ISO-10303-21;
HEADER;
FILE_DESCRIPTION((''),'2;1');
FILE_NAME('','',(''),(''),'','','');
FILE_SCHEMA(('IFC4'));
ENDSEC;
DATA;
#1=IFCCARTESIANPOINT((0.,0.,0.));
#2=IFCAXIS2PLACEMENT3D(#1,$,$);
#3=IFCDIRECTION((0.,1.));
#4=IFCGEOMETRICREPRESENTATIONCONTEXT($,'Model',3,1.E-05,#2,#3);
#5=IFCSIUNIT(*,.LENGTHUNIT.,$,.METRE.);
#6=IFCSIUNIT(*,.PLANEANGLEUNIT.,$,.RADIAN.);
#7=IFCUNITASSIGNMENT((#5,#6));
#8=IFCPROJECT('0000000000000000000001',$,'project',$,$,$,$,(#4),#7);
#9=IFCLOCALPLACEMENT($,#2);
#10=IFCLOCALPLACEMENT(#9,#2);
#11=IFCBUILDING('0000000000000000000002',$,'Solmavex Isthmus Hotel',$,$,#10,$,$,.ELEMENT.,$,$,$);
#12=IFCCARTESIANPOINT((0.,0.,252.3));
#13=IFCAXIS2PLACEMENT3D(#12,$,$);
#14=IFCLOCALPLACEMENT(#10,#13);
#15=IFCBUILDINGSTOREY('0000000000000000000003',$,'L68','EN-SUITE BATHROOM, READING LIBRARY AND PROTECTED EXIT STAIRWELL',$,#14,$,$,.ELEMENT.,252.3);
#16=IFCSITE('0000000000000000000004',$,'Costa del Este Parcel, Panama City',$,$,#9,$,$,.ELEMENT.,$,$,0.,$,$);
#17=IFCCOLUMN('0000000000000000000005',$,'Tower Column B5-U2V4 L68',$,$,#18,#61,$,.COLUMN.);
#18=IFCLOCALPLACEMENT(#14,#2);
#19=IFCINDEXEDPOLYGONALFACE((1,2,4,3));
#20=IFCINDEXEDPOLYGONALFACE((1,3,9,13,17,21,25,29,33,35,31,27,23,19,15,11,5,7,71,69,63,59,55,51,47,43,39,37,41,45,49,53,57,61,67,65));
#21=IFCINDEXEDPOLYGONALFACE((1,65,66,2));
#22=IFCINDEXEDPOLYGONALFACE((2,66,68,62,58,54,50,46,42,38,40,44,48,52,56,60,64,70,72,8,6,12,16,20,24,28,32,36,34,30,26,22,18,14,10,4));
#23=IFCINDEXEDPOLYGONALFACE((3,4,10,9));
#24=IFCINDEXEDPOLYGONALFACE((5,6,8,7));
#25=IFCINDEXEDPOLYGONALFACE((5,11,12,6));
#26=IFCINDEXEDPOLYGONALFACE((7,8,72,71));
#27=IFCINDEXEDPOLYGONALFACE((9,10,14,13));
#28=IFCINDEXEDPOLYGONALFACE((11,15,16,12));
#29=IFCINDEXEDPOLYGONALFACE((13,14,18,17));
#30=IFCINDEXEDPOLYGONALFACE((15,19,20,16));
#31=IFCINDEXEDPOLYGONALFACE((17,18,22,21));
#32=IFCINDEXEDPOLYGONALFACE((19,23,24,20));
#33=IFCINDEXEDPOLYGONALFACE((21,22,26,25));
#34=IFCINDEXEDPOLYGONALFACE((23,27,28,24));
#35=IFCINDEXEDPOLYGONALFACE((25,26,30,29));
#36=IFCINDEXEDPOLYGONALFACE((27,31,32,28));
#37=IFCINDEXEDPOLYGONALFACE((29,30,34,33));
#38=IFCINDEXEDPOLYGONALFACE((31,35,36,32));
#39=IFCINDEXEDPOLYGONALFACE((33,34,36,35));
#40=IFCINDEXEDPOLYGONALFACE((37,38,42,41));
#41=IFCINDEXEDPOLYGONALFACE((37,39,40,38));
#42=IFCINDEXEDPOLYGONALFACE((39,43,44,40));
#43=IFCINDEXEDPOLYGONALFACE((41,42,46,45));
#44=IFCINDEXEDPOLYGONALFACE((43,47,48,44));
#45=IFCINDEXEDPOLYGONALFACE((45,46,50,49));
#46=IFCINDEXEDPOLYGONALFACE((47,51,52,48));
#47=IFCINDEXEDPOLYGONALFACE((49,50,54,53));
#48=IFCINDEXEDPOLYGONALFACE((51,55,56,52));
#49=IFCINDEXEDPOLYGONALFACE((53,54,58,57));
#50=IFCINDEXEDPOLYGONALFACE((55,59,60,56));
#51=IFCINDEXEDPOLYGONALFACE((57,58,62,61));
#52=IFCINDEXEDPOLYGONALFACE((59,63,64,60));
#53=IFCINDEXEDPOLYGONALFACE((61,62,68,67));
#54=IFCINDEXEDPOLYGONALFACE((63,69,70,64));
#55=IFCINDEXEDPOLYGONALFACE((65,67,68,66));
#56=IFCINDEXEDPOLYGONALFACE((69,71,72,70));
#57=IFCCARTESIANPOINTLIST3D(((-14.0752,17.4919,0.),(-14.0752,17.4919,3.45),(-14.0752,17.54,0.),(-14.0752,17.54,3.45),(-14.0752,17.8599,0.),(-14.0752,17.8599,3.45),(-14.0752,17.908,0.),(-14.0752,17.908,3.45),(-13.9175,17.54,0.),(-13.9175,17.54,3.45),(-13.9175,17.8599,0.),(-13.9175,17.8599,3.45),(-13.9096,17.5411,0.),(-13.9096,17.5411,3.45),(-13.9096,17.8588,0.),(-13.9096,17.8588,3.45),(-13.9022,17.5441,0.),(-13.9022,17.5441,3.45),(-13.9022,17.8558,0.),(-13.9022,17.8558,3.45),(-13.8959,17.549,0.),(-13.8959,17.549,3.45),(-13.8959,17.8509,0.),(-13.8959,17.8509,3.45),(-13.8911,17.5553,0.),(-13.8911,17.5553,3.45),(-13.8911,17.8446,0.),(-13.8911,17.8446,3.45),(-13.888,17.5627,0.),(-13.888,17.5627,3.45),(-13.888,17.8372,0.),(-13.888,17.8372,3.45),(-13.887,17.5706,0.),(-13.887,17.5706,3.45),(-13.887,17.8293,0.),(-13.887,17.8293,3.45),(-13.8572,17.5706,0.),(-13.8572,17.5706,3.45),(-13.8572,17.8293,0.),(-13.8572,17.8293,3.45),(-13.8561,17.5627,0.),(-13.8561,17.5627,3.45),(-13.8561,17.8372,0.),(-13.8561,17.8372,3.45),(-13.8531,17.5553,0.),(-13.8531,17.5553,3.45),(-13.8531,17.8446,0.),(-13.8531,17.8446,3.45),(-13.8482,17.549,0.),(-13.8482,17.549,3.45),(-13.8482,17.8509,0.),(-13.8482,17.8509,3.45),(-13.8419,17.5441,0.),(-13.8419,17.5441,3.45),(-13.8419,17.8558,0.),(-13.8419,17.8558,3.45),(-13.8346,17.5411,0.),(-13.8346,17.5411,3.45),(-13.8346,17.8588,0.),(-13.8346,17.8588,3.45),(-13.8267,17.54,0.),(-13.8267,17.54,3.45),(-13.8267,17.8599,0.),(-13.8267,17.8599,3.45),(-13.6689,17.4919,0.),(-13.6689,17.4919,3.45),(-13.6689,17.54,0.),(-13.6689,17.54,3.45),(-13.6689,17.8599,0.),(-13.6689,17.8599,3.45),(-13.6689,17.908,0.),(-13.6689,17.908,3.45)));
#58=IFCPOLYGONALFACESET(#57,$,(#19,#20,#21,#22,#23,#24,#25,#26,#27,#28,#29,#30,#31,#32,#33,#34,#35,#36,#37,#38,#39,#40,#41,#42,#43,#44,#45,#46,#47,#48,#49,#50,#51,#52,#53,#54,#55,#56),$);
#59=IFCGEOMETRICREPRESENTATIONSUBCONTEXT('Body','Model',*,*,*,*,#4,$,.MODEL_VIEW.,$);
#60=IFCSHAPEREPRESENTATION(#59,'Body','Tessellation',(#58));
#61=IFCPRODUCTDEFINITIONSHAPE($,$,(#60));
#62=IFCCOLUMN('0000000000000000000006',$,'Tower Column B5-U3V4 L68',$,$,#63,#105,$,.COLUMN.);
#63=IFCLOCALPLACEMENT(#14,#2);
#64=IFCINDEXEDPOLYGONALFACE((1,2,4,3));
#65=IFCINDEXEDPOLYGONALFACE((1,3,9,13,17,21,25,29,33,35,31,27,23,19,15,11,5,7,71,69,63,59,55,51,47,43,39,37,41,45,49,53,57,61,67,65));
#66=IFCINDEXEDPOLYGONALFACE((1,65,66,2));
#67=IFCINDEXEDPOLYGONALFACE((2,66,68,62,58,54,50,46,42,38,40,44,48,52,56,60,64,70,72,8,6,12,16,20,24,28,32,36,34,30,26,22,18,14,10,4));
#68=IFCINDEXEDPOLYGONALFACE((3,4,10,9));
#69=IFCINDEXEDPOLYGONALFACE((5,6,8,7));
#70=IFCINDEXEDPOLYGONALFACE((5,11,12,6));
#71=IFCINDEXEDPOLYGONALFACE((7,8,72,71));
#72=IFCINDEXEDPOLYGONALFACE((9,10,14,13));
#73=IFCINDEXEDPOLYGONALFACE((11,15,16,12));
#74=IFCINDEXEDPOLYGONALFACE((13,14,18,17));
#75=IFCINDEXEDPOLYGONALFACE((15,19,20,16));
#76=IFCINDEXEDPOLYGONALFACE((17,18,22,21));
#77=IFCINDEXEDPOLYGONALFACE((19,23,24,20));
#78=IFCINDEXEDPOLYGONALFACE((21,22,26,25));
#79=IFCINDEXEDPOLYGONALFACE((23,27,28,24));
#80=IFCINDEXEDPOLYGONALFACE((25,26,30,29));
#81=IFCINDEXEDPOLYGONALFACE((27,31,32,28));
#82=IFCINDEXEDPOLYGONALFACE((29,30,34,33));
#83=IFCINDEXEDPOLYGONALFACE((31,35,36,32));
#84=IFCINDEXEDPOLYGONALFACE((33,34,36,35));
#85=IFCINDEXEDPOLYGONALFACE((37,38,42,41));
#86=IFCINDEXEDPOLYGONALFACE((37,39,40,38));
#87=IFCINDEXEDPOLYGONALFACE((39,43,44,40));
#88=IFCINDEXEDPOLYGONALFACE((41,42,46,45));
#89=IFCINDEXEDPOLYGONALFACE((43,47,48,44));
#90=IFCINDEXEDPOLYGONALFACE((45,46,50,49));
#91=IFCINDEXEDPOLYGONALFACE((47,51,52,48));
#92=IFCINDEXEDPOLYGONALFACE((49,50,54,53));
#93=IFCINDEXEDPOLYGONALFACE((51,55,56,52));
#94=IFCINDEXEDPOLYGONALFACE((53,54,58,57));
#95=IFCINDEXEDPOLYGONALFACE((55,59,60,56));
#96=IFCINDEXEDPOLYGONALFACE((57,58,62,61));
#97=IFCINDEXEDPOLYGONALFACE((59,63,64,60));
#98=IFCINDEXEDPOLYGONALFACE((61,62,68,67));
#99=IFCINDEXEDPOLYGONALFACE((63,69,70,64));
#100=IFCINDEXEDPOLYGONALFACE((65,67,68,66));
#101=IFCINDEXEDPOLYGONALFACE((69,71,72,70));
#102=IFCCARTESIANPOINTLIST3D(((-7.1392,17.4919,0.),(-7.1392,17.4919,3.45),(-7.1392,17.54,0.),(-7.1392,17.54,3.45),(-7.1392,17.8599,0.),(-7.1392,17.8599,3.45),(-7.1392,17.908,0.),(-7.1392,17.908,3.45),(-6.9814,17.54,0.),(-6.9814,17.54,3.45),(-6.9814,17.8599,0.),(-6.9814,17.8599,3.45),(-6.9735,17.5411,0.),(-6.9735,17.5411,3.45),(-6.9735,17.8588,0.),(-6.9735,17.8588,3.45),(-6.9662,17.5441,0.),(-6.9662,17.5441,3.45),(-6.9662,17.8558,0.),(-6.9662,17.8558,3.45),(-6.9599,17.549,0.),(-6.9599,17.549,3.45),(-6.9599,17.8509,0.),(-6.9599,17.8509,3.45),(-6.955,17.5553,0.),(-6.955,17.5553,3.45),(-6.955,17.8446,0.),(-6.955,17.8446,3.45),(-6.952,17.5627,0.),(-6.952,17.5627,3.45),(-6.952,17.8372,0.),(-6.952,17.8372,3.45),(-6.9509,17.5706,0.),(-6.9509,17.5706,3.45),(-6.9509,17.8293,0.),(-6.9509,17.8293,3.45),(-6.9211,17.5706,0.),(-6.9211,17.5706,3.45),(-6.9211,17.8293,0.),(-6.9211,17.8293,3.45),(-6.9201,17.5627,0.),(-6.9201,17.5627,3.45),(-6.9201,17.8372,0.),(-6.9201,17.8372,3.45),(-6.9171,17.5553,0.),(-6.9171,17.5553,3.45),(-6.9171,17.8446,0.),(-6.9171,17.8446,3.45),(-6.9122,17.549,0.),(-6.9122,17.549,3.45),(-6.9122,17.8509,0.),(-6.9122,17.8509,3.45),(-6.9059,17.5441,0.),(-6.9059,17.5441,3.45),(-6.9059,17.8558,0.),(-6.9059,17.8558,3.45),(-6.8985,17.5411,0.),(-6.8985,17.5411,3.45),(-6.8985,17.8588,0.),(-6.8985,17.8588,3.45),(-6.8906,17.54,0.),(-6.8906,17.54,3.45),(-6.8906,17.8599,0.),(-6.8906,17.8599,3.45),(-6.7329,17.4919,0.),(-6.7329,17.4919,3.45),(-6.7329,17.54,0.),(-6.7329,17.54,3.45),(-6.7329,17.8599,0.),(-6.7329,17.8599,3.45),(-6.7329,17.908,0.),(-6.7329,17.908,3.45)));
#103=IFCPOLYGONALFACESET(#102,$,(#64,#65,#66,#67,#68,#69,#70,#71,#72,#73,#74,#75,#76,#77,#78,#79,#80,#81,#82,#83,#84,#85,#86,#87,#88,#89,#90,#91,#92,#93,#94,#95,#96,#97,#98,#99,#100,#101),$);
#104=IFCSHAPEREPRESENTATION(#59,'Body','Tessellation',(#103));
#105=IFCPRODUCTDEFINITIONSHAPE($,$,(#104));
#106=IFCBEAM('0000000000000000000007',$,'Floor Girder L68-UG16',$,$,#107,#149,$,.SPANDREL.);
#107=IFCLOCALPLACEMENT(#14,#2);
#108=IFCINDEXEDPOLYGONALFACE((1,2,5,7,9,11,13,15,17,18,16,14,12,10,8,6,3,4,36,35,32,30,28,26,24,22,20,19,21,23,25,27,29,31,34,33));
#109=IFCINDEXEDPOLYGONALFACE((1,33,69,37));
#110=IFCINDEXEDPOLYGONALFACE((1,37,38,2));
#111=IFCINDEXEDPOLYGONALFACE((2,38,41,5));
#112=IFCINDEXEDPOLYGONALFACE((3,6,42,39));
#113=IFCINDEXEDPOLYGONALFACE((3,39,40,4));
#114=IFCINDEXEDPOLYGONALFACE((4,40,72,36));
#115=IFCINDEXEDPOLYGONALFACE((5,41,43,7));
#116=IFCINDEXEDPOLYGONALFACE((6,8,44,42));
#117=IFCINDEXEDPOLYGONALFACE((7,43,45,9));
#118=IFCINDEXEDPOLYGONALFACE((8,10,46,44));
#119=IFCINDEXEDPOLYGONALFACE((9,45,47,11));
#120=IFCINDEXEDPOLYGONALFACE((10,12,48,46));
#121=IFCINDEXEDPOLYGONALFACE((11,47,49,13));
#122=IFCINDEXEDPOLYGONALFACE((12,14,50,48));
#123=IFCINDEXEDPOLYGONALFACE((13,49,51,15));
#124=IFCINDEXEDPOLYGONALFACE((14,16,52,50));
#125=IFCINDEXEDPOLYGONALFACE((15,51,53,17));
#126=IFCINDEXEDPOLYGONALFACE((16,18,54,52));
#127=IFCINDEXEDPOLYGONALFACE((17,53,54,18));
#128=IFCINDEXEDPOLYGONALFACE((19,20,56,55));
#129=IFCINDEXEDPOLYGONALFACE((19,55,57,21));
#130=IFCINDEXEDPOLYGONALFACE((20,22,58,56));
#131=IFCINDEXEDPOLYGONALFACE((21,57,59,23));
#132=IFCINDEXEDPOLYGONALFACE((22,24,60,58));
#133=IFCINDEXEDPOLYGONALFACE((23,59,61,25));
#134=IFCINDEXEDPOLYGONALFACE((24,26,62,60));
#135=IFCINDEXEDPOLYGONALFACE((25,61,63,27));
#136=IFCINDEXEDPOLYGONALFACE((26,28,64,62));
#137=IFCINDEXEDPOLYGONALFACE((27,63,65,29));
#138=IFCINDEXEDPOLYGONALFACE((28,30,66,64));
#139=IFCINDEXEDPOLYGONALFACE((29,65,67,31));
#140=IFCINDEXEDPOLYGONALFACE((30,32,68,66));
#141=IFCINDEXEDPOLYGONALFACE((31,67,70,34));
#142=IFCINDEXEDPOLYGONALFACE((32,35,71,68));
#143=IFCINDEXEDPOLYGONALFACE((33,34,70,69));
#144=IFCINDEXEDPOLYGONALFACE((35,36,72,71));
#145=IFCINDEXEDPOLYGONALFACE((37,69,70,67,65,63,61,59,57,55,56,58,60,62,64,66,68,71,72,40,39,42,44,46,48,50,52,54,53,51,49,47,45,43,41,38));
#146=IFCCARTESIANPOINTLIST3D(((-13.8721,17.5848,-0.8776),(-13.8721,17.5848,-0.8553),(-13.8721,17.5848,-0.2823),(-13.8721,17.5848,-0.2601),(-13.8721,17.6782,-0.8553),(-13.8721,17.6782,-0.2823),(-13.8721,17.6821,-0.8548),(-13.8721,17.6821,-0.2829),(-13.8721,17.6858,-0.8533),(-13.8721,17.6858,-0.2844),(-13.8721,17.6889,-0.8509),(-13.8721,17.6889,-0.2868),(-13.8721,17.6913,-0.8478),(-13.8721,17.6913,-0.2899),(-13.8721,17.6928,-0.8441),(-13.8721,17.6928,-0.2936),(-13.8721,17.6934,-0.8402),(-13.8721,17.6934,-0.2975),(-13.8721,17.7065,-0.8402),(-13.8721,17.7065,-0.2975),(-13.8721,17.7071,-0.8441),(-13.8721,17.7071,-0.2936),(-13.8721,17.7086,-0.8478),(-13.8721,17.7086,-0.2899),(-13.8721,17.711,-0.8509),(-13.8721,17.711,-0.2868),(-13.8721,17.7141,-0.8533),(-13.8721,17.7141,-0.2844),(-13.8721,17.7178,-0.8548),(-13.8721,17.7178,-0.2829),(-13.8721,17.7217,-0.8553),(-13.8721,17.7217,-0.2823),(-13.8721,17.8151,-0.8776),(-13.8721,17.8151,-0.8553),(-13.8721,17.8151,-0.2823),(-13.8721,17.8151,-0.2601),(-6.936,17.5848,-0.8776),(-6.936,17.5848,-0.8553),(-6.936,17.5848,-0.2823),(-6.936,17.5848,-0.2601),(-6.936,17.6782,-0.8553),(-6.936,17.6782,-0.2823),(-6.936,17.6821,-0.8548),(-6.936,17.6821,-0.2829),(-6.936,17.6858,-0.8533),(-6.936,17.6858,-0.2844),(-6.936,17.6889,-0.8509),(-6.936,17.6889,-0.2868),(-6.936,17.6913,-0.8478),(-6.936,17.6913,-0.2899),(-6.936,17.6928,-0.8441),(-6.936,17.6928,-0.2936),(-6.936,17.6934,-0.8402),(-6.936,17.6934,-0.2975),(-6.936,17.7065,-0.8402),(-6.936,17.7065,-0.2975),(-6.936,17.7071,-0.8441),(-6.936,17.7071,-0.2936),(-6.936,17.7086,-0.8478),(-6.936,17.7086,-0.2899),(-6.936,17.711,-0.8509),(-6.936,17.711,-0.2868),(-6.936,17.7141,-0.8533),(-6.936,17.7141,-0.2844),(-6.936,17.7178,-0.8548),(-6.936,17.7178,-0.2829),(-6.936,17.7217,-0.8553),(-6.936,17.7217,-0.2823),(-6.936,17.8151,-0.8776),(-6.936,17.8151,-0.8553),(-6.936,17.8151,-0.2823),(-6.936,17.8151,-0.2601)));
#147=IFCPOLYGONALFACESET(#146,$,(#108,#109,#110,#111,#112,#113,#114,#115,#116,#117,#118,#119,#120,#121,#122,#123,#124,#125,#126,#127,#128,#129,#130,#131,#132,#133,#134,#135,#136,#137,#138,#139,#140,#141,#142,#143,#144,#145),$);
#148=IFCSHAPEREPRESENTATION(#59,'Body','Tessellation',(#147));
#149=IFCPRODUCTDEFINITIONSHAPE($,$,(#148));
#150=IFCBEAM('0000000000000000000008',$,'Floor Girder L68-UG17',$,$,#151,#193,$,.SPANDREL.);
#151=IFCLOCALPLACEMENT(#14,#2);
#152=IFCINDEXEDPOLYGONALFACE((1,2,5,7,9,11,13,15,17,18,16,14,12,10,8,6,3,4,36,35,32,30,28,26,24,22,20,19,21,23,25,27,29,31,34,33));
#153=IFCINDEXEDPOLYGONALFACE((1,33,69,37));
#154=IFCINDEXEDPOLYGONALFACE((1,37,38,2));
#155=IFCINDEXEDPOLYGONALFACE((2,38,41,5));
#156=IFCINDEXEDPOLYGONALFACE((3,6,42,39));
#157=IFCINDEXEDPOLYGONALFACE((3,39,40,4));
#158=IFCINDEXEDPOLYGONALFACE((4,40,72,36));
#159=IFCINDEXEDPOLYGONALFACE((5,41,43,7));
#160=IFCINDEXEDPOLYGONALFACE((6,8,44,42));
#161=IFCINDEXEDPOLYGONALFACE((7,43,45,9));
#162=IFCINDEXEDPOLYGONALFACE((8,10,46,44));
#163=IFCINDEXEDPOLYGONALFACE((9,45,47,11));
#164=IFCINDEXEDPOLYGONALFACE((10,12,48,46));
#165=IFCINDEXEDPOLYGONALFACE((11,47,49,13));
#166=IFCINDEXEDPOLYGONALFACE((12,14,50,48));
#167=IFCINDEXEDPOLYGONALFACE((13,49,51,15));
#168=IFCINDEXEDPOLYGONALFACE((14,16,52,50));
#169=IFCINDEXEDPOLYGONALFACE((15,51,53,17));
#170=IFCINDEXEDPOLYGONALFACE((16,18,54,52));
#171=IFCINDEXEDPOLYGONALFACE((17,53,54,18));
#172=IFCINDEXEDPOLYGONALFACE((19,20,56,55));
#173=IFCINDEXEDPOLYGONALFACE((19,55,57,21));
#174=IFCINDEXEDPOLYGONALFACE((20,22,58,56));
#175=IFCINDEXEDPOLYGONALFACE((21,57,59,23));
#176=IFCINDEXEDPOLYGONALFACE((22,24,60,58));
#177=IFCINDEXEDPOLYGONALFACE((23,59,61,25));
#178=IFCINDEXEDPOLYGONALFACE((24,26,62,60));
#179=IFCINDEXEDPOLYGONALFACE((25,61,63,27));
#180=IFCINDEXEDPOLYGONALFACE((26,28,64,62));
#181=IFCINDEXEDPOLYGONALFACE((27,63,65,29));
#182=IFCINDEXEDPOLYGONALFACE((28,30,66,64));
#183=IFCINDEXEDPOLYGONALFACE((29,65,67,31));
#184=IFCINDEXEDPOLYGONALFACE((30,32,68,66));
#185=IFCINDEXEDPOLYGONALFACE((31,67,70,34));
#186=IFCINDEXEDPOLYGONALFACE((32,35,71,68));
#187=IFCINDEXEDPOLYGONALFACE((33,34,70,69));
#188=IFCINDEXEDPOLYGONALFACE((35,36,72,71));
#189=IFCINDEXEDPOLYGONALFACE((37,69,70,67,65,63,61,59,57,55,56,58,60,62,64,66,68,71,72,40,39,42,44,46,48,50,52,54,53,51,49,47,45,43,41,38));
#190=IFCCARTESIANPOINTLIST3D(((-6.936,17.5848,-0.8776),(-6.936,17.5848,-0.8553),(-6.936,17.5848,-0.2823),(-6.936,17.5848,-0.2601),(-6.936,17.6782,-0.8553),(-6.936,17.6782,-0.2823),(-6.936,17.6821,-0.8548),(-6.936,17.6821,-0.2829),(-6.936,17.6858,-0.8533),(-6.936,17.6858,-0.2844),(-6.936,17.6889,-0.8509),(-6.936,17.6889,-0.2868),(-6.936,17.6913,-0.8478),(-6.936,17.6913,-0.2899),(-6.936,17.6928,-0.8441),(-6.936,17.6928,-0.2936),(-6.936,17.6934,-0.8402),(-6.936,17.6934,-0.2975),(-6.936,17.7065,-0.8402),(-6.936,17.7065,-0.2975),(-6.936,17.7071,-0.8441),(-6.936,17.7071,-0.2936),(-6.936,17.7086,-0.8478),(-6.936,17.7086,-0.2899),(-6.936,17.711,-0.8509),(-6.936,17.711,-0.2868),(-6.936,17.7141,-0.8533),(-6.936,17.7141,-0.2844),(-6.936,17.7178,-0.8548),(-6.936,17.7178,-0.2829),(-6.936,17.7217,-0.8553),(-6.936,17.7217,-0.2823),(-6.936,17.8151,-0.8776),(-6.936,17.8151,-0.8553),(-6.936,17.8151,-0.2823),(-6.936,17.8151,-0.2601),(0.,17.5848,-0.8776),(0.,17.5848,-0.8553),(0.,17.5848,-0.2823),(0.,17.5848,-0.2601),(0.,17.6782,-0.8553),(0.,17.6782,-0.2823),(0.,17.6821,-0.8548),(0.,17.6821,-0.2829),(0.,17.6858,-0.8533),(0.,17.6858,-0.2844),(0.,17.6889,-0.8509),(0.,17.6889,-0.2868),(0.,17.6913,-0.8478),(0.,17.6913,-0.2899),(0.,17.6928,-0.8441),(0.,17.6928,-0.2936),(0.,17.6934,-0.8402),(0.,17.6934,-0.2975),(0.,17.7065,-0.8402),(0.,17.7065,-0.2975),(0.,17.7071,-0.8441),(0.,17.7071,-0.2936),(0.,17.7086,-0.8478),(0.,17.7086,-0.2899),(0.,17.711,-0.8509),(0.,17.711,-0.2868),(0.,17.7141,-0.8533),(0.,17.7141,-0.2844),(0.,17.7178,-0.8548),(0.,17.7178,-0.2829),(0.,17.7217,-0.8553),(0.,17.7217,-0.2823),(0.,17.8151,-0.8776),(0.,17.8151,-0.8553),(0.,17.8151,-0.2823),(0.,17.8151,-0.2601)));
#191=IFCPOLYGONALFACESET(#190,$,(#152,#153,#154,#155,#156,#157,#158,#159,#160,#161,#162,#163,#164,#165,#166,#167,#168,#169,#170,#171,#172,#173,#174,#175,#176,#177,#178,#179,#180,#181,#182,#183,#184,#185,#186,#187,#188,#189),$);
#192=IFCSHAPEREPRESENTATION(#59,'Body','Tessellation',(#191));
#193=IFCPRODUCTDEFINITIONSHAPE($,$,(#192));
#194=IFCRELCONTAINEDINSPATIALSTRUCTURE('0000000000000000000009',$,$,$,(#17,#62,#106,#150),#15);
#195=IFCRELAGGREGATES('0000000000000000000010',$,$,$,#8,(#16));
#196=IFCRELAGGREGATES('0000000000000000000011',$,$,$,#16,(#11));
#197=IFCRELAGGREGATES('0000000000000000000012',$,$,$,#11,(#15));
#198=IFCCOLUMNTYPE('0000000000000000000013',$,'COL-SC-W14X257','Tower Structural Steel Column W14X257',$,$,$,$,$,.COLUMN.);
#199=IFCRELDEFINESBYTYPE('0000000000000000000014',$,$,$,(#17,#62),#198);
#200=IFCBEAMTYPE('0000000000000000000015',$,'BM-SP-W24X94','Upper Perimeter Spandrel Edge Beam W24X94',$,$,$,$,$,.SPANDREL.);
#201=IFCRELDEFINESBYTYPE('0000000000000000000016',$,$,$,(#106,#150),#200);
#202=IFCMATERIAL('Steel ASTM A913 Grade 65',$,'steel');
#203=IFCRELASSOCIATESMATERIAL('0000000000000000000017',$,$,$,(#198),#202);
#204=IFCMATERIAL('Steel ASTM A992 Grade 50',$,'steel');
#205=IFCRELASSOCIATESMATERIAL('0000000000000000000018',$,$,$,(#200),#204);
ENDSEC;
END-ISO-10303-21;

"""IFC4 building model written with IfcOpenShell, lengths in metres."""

from ifc_helpers import new_model, si_unit, direction, frame, origin, origin_2d, place, context, subcontext, project, spatial, i_section, extrude, material, material_profile, profile_set, type_object, element, save


model = new_model("IFC4")

# Units and contexts
model_context = context("Model", 3, precision=1e-05, world=origin(), true_north=direction((0.0, 1.0)))
body_context = subcontext(model_context, "Body", "Model", "MODEL_VIEW")
ifc_project = project(units=[si_unit("LENGTHUNIT", "METRE"), si_unit("PLANEANGLEUNIT", "RADIAN")], contexts=[model_context])

# Site, building, storey
site_placement = place(None, origin())
site = spatial("IfcSite", under=ifc_project, at=site_placement, Name="Costa del Este Parcel, Panama City", CompositionType="ELEMENT", RefElevation=0.0)
building_placement = place(site_placement, origin())
building = spatial("IfcBuilding", under=site, at=building_placement, Name="Solmavex Isthmus Hotel", CompositionType="ELEMENT")
storey_placement = place(building_placement, frame((0.0, 0.0, 252.3)))
storey = spatial("IfcBuildingStorey", under=building, at=storey_placement, Name="L68", Description="EN-SUITE BATHROOM, READING LIBRARY AND PROTECTED EXIT STAIRWELL", CompositionType="ELEMENT", Elevation=252.3)

# Columns
ifc_material_1 = material(Name="Steel ASTM A913 Grade 65", Category="steel")
ifc_material_profile_1 = material_profile(ifc_material_1, i_section(OverallWidth=0.4062, OverallDepth=0.416, WebThickness=0.0298, FlangeThickness=0.0481, FilletRadius=0.0305, at=origin_2d()), Name="W14X257")
ifc_profile_set_1 = profile_set([ifc_material_profile_1], Name="Steel ASTM A913 Grade 65")
column_type = type_object("IfcColumnType", Name="COL-SC-W14X257", Description="Tower Structural Steel Column W14X257", PredefinedType="COLUMN", material=ifc_profile_set_1)
for number, where, z_axis, x_axis, name in (
    (1, (-13.8721, 17.7, 0.0), (0.0, 0.0, 1.0), (1.0, 0.0, 0.0), "Tower Column B5-U2V4 L68"),
    (2, (-6.936, 17.7, 0.0), (0.0, 0.0, 1.0), (1.0, 0.0, 0.0), "Tower Column B5-U3V4 L68"),
):
    element("IfcColumn", number, at=place(storey_placement, frame(where, z_axis=z_axis, x_axis=x_axis)), inside=storey, type_object=column_type, Name=name, PredefinedType="COLUMN", context=body_context, shape_type="SweptSolid", body=[
        extrude(i_section(OverallWidth=0.4062, OverallDepth=0.416, WebThickness=0.0298, FlangeThickness=0.0481, FilletRadius=0.0305, at=origin_2d()), origin(), (0.0, 0.0, 1.0), 3.45),
    ])

# Beams
ifc_material_2 = material(Name="Steel ASTM A992 Grade 50", Category="steel")
ifc_material_profile_2 = material_profile(ifc_material_2, i_section(OverallWidth=0.2302, OverallDepth=0.6174, WebThickness=0.0132, FlangeThickness=0.0222, FilletRadius=0.0151, at=origin_2d()), Name="W24X94")
ifc_profile_set_2 = profile_set([ifc_material_profile_2], Name="Steel ASTM A992 Grade 50")
beam_type = type_object("IfcBeamType", Name="BM-SP-W24X94", Description="Upper Perimeter Spandrel Edge Beam W24X94", PredefinedType="SPANDREL", material=ifc_profile_set_2)
for number, where, z_axis, x_axis, name in (
    (3, (-13.8721, 17.7, -0.5688), (1.0, 0.0, 0.0), (0.0, 1.0, 0.0), "Floor Girder L68-UG16"),
    (4, (-6.936, 17.7, -0.5688), (1.0, 0.0, 0.0), (0.0, 1.0, 0.0), "Floor Girder L68-UG17"),
):
    element("IfcBeam", number, at=place(storey_placement, frame(where, z_axis=z_axis, x_axis=x_axis)), inside=storey, type_object=beam_type, Name=name, PredefinedType="SPANDREL", context=body_context, shape_type="SweptSolid", body=[
        extrude(i_section(OverallWidth=0.2302, OverallDepth=0.6174, WebThickness=0.0132, FlangeThickness=0.0222, FilletRadius=0.0151, at=origin_2d()), origin(), (0.0, 0.0, 1.0), 6.936),
    ])

save(model, "model.ifc")
